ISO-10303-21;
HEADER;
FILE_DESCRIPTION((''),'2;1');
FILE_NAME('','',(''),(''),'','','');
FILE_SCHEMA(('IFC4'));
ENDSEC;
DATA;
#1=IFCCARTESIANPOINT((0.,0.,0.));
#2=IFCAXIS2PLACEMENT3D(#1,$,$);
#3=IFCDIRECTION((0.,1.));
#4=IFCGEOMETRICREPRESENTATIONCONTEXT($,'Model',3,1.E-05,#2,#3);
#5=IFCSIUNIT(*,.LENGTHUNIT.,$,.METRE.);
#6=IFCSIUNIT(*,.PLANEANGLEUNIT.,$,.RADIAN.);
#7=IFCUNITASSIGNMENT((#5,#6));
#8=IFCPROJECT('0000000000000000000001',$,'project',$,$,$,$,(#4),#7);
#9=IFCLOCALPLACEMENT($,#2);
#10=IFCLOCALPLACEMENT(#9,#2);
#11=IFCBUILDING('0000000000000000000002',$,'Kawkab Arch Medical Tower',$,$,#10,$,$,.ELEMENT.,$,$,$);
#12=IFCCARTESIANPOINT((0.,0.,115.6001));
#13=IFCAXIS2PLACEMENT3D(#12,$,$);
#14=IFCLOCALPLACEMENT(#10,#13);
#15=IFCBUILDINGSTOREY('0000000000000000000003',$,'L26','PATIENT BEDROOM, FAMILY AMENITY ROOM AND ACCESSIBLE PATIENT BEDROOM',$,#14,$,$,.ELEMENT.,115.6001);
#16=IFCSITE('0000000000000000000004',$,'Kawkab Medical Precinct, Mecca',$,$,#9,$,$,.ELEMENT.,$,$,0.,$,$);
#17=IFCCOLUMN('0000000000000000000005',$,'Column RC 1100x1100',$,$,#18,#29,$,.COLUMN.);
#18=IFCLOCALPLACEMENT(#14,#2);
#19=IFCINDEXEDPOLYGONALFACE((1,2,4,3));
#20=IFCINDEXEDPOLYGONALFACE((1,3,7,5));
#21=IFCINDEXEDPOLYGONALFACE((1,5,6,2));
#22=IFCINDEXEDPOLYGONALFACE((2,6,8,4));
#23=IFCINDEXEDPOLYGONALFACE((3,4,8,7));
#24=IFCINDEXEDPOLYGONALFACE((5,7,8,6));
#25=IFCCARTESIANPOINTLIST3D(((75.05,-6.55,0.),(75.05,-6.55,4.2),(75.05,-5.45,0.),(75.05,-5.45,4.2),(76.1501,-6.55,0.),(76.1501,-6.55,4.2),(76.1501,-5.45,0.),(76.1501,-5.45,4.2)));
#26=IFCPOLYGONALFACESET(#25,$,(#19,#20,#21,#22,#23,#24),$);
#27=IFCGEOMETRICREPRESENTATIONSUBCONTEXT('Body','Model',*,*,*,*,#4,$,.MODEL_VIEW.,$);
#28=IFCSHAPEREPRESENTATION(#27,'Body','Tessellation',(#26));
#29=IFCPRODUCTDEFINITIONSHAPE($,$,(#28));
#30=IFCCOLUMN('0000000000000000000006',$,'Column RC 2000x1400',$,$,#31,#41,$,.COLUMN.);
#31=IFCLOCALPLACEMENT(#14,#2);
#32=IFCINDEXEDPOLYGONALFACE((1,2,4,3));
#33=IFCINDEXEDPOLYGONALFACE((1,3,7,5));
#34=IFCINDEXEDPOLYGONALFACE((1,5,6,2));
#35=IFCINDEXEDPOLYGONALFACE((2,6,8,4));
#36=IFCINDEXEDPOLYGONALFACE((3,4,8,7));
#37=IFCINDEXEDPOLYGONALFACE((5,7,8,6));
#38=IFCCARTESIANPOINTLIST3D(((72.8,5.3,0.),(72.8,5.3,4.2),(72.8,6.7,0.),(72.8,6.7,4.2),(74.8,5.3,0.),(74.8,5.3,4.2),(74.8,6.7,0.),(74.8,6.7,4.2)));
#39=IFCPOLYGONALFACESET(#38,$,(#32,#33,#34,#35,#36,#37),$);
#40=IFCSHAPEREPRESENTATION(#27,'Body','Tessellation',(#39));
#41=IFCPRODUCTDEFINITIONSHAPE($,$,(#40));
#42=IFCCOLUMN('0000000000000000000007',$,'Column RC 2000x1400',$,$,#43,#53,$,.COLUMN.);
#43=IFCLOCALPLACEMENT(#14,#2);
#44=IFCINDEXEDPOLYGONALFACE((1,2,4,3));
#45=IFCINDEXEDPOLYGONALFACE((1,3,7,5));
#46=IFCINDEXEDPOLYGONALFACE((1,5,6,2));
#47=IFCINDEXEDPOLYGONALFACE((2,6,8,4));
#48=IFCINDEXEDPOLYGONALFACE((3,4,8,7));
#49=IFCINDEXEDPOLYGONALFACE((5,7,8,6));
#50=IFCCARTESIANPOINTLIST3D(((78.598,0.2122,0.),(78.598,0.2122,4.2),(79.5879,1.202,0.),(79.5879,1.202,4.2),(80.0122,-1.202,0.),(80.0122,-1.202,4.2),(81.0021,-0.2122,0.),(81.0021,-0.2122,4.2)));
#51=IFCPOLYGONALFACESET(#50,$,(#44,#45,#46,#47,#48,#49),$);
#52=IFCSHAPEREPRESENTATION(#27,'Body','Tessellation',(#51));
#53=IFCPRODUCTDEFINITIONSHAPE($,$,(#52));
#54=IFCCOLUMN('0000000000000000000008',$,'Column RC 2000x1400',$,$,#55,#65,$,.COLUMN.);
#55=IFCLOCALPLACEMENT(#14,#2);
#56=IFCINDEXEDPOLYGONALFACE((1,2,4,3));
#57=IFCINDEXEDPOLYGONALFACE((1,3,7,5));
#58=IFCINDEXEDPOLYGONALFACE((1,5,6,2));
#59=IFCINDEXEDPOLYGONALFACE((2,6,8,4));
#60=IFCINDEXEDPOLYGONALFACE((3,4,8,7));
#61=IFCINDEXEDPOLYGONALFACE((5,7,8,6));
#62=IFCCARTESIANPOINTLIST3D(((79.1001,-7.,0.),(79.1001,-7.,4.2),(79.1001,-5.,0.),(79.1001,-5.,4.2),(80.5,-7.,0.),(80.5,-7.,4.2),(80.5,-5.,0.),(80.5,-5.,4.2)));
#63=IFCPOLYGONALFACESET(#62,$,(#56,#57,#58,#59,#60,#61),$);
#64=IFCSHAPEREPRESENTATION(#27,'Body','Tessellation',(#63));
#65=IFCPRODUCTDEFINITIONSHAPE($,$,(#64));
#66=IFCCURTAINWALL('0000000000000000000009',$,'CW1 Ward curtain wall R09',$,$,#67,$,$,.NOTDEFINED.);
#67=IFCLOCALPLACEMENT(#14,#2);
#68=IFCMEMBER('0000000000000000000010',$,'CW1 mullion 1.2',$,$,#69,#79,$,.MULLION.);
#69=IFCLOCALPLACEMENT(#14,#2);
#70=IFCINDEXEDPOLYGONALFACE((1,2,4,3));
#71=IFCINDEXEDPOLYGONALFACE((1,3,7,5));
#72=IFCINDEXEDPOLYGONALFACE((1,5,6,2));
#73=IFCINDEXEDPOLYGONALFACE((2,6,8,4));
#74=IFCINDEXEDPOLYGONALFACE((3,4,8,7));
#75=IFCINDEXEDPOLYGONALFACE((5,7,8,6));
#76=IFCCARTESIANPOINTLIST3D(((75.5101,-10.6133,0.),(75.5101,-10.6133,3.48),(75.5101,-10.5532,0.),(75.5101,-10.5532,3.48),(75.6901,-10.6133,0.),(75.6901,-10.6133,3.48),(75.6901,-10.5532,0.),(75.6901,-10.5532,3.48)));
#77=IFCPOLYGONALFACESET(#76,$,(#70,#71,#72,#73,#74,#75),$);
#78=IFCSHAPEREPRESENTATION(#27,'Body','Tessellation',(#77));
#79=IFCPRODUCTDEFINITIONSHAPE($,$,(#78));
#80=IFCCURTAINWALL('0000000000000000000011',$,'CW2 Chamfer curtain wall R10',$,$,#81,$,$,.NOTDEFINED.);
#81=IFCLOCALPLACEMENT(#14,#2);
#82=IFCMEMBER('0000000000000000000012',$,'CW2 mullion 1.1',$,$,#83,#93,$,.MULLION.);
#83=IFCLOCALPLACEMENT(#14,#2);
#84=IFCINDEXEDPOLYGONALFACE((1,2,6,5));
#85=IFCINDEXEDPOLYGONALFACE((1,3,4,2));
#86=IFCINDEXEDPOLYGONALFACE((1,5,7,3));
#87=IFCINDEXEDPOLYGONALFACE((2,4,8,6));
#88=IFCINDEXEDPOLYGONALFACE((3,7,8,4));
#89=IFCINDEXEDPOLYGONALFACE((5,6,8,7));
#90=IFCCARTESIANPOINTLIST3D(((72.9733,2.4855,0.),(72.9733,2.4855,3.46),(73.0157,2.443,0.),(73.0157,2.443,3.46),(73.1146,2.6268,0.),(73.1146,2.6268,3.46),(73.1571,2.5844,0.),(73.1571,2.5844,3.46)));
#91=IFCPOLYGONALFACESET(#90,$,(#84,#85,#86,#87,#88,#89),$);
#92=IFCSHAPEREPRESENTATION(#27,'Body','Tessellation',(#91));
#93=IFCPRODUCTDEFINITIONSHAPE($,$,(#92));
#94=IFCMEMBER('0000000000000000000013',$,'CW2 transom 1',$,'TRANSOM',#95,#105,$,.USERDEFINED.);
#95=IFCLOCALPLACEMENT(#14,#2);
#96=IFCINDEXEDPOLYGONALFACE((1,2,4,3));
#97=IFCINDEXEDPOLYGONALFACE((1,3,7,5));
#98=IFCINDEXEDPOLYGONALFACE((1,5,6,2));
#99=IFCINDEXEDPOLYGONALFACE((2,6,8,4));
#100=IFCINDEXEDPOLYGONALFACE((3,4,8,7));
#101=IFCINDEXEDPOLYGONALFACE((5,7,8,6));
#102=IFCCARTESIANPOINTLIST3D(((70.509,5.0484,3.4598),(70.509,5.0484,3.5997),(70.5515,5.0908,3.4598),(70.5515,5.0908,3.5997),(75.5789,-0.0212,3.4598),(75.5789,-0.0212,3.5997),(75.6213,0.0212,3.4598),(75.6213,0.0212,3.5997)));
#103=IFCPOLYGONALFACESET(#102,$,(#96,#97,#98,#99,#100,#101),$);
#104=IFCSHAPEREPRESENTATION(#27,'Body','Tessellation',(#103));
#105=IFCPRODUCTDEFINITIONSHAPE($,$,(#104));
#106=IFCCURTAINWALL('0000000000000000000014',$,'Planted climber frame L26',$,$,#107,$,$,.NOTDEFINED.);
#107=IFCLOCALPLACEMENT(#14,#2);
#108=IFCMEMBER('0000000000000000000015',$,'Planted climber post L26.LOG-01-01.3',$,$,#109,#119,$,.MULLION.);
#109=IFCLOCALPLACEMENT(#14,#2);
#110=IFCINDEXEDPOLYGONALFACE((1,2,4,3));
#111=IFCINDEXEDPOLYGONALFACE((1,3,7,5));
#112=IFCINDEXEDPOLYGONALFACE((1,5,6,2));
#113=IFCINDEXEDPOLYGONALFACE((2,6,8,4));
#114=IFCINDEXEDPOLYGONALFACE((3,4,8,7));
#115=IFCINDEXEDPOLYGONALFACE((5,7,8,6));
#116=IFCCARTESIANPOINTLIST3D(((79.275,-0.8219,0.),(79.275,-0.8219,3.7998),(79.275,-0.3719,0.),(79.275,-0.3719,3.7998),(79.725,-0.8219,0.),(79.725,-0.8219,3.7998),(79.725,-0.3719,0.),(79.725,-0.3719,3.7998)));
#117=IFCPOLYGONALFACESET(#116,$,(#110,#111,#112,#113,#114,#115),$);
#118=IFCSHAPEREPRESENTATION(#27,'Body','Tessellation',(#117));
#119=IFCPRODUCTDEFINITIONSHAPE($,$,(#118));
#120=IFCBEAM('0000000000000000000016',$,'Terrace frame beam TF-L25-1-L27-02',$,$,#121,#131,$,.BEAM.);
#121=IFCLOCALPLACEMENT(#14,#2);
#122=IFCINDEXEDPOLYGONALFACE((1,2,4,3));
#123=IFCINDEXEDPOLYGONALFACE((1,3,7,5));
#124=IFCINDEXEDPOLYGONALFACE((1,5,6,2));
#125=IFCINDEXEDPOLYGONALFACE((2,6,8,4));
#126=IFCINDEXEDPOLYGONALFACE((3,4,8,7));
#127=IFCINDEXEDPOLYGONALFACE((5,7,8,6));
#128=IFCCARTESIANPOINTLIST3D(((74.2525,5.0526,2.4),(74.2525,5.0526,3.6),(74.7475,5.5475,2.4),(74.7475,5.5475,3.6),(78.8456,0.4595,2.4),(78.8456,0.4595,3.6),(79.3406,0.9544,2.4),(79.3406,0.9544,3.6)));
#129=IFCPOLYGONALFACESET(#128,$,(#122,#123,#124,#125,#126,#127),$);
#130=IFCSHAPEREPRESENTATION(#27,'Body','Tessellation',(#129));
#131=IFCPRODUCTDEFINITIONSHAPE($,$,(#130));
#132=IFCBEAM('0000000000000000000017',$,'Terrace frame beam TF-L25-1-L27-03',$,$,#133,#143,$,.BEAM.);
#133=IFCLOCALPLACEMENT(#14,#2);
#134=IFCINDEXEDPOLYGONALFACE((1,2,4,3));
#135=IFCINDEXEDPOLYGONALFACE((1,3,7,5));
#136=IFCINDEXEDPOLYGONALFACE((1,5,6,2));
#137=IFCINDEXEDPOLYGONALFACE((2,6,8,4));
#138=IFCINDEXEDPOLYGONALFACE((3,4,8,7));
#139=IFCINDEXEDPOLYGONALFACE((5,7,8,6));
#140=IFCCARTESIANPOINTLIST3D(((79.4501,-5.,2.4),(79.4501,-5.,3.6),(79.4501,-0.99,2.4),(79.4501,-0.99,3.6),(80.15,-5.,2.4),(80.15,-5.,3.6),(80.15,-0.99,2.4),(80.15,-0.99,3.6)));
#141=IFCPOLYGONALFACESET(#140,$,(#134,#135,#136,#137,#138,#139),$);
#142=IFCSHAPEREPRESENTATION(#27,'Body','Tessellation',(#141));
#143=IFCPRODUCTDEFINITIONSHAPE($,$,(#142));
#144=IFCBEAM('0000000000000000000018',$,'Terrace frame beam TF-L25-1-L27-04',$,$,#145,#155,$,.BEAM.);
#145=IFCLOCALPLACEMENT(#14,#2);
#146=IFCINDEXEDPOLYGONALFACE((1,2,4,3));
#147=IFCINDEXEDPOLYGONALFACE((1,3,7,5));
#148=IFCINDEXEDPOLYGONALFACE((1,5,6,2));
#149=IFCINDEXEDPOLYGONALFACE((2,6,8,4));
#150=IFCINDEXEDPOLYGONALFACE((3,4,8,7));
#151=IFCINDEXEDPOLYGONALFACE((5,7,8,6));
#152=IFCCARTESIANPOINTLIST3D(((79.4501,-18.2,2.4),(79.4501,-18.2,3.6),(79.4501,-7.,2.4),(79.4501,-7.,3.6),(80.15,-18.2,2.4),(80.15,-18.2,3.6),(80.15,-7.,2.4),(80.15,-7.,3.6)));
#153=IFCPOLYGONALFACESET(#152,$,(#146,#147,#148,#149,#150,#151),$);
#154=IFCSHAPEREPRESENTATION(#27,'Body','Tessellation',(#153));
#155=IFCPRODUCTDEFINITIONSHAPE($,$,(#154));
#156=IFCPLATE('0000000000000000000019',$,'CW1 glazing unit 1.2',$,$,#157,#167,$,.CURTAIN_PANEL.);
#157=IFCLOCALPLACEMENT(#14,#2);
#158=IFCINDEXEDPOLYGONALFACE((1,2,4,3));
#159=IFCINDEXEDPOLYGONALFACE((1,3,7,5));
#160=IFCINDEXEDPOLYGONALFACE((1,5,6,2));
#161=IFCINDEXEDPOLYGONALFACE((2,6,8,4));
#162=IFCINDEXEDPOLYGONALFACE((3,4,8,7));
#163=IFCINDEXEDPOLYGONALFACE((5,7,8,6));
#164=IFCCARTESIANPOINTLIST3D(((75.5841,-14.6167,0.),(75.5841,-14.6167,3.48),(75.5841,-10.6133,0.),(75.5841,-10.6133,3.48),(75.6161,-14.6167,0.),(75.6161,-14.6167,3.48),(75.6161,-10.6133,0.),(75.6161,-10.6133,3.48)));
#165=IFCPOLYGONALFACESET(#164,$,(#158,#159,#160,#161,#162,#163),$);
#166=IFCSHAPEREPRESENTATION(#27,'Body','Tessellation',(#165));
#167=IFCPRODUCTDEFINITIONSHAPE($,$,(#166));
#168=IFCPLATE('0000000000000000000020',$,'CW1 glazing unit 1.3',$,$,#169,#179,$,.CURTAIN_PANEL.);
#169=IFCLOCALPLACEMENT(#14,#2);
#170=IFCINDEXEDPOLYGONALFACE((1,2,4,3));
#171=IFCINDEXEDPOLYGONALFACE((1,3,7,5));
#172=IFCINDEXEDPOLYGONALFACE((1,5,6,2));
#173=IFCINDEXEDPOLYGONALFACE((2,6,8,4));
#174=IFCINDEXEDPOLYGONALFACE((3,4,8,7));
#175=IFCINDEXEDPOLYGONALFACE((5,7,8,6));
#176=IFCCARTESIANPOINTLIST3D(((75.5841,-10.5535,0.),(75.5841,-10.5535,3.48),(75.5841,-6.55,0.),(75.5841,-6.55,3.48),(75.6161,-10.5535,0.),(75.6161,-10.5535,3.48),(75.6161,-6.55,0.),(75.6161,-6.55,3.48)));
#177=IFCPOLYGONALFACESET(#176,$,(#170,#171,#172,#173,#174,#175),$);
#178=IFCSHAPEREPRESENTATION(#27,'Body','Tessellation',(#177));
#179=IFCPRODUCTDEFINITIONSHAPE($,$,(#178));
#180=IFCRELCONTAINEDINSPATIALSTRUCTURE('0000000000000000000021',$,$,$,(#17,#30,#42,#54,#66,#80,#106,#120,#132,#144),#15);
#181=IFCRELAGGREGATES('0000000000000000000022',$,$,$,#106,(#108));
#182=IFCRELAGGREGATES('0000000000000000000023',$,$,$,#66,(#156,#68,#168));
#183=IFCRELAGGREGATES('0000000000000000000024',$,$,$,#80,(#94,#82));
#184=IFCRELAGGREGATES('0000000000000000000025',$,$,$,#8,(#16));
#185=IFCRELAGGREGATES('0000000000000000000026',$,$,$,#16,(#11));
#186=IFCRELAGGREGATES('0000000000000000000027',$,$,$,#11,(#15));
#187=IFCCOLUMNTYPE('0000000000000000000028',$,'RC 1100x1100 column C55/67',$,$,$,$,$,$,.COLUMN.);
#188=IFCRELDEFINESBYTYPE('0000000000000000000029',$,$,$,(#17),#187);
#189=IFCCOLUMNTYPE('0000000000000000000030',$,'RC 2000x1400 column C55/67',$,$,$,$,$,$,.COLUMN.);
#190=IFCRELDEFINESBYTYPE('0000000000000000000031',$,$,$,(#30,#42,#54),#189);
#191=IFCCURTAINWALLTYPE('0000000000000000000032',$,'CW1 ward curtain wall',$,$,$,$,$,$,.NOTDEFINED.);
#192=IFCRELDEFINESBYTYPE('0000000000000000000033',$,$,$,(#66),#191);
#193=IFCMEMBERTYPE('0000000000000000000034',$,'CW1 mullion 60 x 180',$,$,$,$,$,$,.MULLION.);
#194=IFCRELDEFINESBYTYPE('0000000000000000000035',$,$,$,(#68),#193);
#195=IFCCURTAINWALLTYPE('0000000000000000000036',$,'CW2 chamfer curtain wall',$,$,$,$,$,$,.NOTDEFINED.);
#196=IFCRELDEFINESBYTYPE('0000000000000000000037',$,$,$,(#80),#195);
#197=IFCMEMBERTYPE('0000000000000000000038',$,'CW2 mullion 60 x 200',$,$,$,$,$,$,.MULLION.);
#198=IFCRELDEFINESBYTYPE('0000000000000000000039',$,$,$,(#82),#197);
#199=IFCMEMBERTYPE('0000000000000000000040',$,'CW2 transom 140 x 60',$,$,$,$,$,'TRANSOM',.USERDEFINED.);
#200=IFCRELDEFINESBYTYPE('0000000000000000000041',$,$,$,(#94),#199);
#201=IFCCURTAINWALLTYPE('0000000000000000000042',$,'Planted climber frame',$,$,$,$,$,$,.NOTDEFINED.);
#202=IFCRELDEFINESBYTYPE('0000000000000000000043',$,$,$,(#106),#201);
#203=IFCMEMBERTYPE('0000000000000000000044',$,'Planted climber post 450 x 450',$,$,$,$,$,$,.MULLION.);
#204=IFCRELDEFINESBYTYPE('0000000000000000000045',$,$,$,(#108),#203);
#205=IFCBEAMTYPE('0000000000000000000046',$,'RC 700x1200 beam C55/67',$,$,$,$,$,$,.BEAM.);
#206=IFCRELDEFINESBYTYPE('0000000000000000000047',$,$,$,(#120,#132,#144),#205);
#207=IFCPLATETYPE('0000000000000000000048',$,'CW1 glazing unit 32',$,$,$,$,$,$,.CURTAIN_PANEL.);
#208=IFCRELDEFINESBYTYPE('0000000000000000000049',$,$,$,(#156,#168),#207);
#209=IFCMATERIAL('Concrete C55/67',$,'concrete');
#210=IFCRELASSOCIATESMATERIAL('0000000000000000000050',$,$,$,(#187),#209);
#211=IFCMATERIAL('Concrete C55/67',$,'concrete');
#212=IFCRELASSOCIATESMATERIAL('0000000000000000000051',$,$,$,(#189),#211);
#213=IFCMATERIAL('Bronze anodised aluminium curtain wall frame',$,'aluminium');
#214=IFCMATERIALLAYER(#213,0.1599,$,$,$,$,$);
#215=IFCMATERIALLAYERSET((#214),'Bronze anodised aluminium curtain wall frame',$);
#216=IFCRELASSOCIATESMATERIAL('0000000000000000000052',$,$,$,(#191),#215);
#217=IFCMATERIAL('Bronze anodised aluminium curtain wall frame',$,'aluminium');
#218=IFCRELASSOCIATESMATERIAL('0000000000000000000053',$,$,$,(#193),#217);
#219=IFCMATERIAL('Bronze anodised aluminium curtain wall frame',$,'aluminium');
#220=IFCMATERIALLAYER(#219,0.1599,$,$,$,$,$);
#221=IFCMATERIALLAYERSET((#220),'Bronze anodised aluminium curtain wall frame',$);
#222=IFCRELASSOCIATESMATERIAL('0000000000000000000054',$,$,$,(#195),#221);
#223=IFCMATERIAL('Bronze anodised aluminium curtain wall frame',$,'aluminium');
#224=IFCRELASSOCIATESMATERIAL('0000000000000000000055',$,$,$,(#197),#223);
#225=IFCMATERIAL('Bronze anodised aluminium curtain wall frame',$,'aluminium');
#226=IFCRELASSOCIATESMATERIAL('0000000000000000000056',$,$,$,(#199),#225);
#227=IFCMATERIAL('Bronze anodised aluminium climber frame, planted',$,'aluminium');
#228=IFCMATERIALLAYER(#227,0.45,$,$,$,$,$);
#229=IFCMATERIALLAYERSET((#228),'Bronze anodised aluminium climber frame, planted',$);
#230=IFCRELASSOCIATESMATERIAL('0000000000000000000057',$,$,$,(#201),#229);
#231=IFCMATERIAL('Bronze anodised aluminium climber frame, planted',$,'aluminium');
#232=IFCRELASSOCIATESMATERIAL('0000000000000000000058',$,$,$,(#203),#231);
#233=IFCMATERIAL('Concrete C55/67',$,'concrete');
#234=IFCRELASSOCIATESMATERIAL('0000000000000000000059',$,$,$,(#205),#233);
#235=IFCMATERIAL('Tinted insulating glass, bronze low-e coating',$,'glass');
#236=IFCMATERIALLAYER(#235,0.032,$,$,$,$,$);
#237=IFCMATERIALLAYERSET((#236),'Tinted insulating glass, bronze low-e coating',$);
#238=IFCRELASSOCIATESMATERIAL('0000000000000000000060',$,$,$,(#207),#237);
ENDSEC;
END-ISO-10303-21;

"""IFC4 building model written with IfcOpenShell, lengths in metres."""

from ifc_helpers import new_model, si_unit, direction, frame, origin, origin_2d, place, context, subcontext, project, spatial, rectangle, extrude, material, layer, layer_set, material_profile, profile_set, type_object, element, aggregate, save


model = new_model("IFC4")

# Units and contexts
model_context = context("Model", 3, precision=1e-05, world=origin(), true_north=direction((0.0, 1.0)))
body_context = subcontext(model_context, "Body", "Model", "MODEL_VIEW")
ifc_project = project(units=[si_unit("LENGTHUNIT", "METRE"), si_unit("PLANEANGLEUNIT", "RADIAN")], contexts=[model_context])

# Site, building, storey
site_placement = place(None, origin())
site = spatial("IfcSite", under=ifc_project, at=site_placement, Name="Kawkab Medical Precinct, Mecca", CompositionType="ELEMENT", RefElevation=0.0)
building_placement = place(site_placement, origin())
building = spatial("IfcBuilding", under=site, at=building_placement, Name="Kawkab Arch Medical Tower", CompositionType="ELEMENT")
storey_placement = place(building_placement, frame((0.0, 0.0, 115.6001)))
storey = spatial("IfcBuildingStorey", under=building, at=storey_placement, Name="L26", Description="PATIENT BEDROOM, FAMILY AMENITY ROOM AND ACCESSIBLE PATIENT BEDROOM", CompositionType="ELEMENT", Elevation=115.6001)

# Columns
ifc_material_1 = material(Name="Concrete C55/67", Category="concrete")
ifc_material_profile_1 = material_profile(ifc_material_1, rectangle(XDim=1.1001, YDim=1.1001, at=origin_2d()), Name="RC 1100x1100")
ifc_profile_set_1 = profile_set([ifc_material_profile_1], Name="Concrete C55/67")
column_type_1 = type_object("IfcColumnType", Name="RC 1100x1100 column C55/67", PredefinedType="COLUMN", material=ifc_profile_set_1)
column_placement = place(storey_placement, frame((75.6001, -6.0, 0.0), z_axis=(0.0, 0.0, 1.0), x_axis=(1.0, 0.0, 0.0)))
element("IfcColumn", 1, at=column_placement, inside=storey, type_object=column_type_1, Name="Column RC 1100x1100", PredefinedType="COLUMN", context=body_context, shape_type="SweptSolid", body=[
    extrude(rectangle(XDim=1.1001, YDim=1.1001, at=origin_2d()), origin(), (0.0, 0.0, 1.0), 4.2),
])
ifc_material_2 = material(Name="Concrete C55/67", Category="concrete")
ifc_material_profile_2 = material_profile(ifc_material_2, rectangle(XDim=2.0, YDim=1.3999, at=origin_2d()), Name="RC 2000x1400")
ifc_profile_set_2 = profile_set([ifc_material_profile_2], Name="Concrete C55/67")
column_type_2 = type_object("IfcColumnType", Name="RC 2000x1400 column C55/67", PredefinedType="COLUMN", material=ifc_profile_set_2)
for number, where, z_axis, x_axis, name in (
    (2, (73.8, 6.0, 0.0), (0.0, 0.0, 1.0), (1.0, 0.0, 0.0), "Column RC 2000x1400"),
    (3, (79.8, 0.0, 0.0), (0.0, 0.0, 1.0), (0.707107, -0.707107, 0.0), "Column RC 2000x1400"),
    (4, (79.8, -6.0, 0.0), (0.0, 0.0, 1.0), (0.0, -1.0, 0.0), "Column RC 2000x1400"),
):
    element("IfcColumn", number, at=place(storey_placement, frame(where, z_axis=z_axis, x_axis=x_axis)), inside=storey, type_object=column_type_2, Name=name, PredefinedType="COLUMN", context=body_context, shape_type="SweptSolid", body=[
        extrude(rectangle(XDim=2.0, YDim=1.3999, at=origin_2d()), origin(), (0.0, 0.0, 1.0), 4.2),
    ])

# Curtain wall, member
ifc_material_3 = material(Name="Bronze anodised aluminium curtain wall frame", Category="aluminium")
ifc_layer_1 = layer(ifc_material_3, 0.1599)
ifc_layer_set_1 = layer_set([ifc_layer_1], Name="Bronze anodised aluminium curtain wall frame")
curtain_wall_type_1 = type_object("IfcCurtainWallType", Name="CW1 ward curtain wall", PredefinedType="NOTDEFINED", material=ifc_layer_set_1)
placement = place(storey_placement, origin())
curtain_wall_1 = element("IfcCurtainWall", 5, at=placement, inside=storey, type_object=curtain_wall_type_1, Name="CW1 Ward curtain wall R09", PredefinedType="NOTDEFINED")
ifc_material_4 = material(Name="Bronze anodised aluminium curtain wall frame", Category="aluminium")
ifc_material_profile_3 = material_profile(ifc_material_4, rectangle(XDim=0.1799, YDim=0.0601, at=origin_2d()), Name="AL 60x180")
ifc_profile_set_3 = profile_set([ifc_material_profile_3], Name="Bronze anodised aluminium curtain wall frame")
member_type_1 = type_object("IfcMemberType", Name="CW1 mullion 60 x 180", PredefinedType="MULLION", material=ifc_profile_set_3)
member_1_placement = place(storey_placement, frame((75.6001, -10.5833, 0.0), z_axis=(0.0, 0.0, 1.0), x_axis=(-1.0, 0.0, 0.0)))
member_1 = element("IfcMember", 6, at=member_1_placement, type_object=member_type_1, Name="CW1 mullion 1.2", PredefinedType="MULLION", context=body_context, shape_type="SweptSolid", body=[
    extrude(rectangle(XDim=0.1799, YDim=0.0601, at=origin_2d()), origin(), (0.0, 0.0, 1.0), 3.48),
])

# Curtain wall, members
ifc_material_5 = material(Name="Bronze anodised aluminium curtain wall frame", Category="aluminium")
ifc_layer_2 = layer(ifc_material_5, 0.1599)
ifc_layer_set_2 = layer_set([ifc_layer_2], Name="Bronze anodised aluminium curtain wall frame")
curtain_wall_type_2 = type_object("IfcCurtainWallType", Name="CW2 chamfer curtain wall", PredefinedType="NOTDEFINED", material=ifc_layer_set_2)
curtain_wall_2 = element("IfcCurtainWall", 7, at=placement, inside=storey, type_object=curtain_wall_type_2, Name="CW2 Chamfer curtain wall R10", PredefinedType="NOTDEFINED")
ifc_material_6 = material(Name="Bronze anodised aluminium curtain wall frame", Category="aluminium")
ifc_material_profile_4 = material_profile(ifc_material_6, rectangle(XDim=0.2, YDim=0.0601, at=origin_2d()), Name="AL 60x200")
ifc_profile_set_4 = profile_set([ifc_material_profile_4], Name="Bronze anodised aluminium curtain wall frame")
member_type_2 = type_object("IfcMemberType", Name="CW2 mullion 60 x 200", PredefinedType="MULLION", material=ifc_profile_set_4)
member_2_placement = place(storey_placement, frame((73.0652, 2.5349, 0.0), z_axis=(0.0, 0.0, 1.0), x_axis=(-0.707107, -0.707107, 0.0)))
member_2 = element("IfcMember", 8, at=member_2_placement, type_object=member_type_2, Name="CW2 mullion 1.1", PredefinedType="MULLION", context=body_context, shape_type="SweptSolid", body=[
    extrude(rectangle(XDim=0.2, YDim=0.0601, at=origin_2d()), origin(), (0.0, 0.0, 1.0), 3.46),
])
ifc_material_7 = material(Name="Bronze anodised aluminium curtain wall frame", Category="aluminium")
ifc_material_profile_5 = material_profile(ifc_material_7, rectangle(XDim=0.0601, YDim=0.1399, at=origin_2d()), Name="AL 60x140")
ifc_profile_set_5 = profile_set([ifc_material_profile_5], Name="Bronze anodised aluminium curtain wall frame")
member_type_3 = type_object("IfcMemberType", Name="CW2 transom 140 x 60", ElementType="TRANSOM", PredefinedType="USERDEFINED", material=ifc_profile_set_5)
member_3_placement = place(storey_placement, frame((75.6001, 0.0, 3.5298), z_axis=(-0.707124, 0.70709, 0.0), x_axis=(-0.70709, -0.707124, 0.0)))
member_3 = element("IfcMember", 9, at=member_3_placement, type_object=member_type_3, Name="CW2 transom 1", ObjectType="TRANSOM", PredefinedType="USERDEFINED", context=body_context, shape_type="SweptSolid", body=[
    extrude(rectangle(XDim=0.0601, YDim=0.1399, at=origin_2d()), origin(), (0.0, 0.0, 1.0), 7.1697),
])

# Curtain wall, member
ifc_material_8 = material(Name="Bronze anodised aluminium climber frame, planted", Category="aluminium")
ifc_layer_3 = layer(ifc_material_8, 0.45)
ifc_layer_set_3 = layer_set([ifc_layer_3], Name="Bronze anodised aluminium climber frame, planted")
curtain_wall_type_3 = type_object("IfcCurtainWallType", Name="Planted climber frame", PredefinedType="NOTDEFINED", material=ifc_layer_set_3)
curtain_wall_3 = element("IfcCurtainWall", 10, at=placement, inside=storey, type_object=curtain_wall_type_3, Name="Planted climber frame L26", PredefinedType="NOTDEFINED")
ifc_material_9 = material(Name="Bronze anodised aluminium climber frame, planted", Category="aluminium")
ifc_material_profile_6 = material_profile(ifc_material_9, rectangle(XDim=0.45, YDim=0.45, at=origin_2d()), Name="Post 450x450")
ifc_profile_set_6 = profile_set([ifc_material_profile_6], Name="Bronze anodised aluminium climber frame, planted")
member_type_4 = type_object("IfcMemberType", Name="Planted climber post 450 x 450", PredefinedType="MULLION", material=ifc_profile_set_6)
member_4_placement = place(storey_placement, frame((79.5, -0.5969, 0.0), z_axis=(0.0, 0.0, 1.0), x_axis=(1.0, 0.0, 0.0)))
member_4 = element("IfcMember", 11, at=member_4_placement, type_object=member_type_4, Name="Planted climber post L26.LOG-01-01.3", PredefinedType="MULLION", context=body_context, shape_type="SweptSolid", body=[
    extrude(rectangle(XDim=0.45, YDim=0.45, at=origin_2d()), origin(), (0.0, 0.0, 1.0), 3.7998),
])
aggregate(curtain_wall_3, [member_4])

# Beams
ifc_material_10 = material(Name="Concrete C55/67", Category="concrete")
ifc_material_profile_7 = material_profile(ifc_material_10, rectangle(XDim=0.7, YDim=1.2, at=origin_2d()), Name="RC 700x1200")
ifc_profile_set_7 = profile_set([ifc_material_profile_7], Name="Concrete C55/67")
beam_type = type_object("IfcBeamType", Name="RC 700x1200 beam C55/67", PredefinedType="BEAM", material=ifc_profile_set_7)
beam_1_placement = place(storey_placement, frame((74.5, 5.3, 3.0), z_axis=(0.707107, -0.707107, 0.0), x_axis=(0.707107, 0.707107, 0.0)))
element("IfcBeam", 12, at=beam_1_placement, inside=storey, type_object=beam_type, Name="Terrace frame beam TF-L25-1-L27-02", PredefinedType="BEAM", context=body_context, shape_type="SweptSolid", body=[
    extrude(rectangle(XDim=0.7, YDim=1.2, at=origin_2d()), origin(), (0.0, 0.0, 1.0), 6.4956),
])
beam_2_placement = place(storey_placement, frame((79.8, -0.99, 3.0), z_axis=(0.0, -1.0, 0.0), x_axis=(1.0, 0.0, 0.0)))
element("IfcBeam", 13, at=beam_2_placement, inside=storey, type_object=beam_type, Name="Terrace frame beam TF-L25-1-L27-03", PredefinedType="BEAM", context=body_context, shape_type="SweptSolid", body=[
    extrude(rectangle(XDim=0.7, YDim=1.2, at=origin_2d()), origin(), (0.0, 0.0, 1.0), 4.01),
])
beam_3_placement = place(storey_placement, frame((79.8, -7.0, 3.0), z_axis=(0.0, -1.0, 0.0), x_axis=(1.0, 0.0, 0.0)))
element("IfcBeam", 14, at=beam_3_placement, inside=storey, type_object=beam_type, Name="Terrace frame beam TF-L25-1-L27-04", PredefinedType="BEAM", context=body_context, shape_type="SweptSolid", body=[
    extrude(rectangle(XDim=0.7, YDim=1.2, at=origin_2d()), origin(), (0.0, 0.0, 1.0), 11.2),
])

# Plates
ifc_material_11 = material(Name="Tinted insulating glass, bronze low-e coating", Category="glass")
ifc_layer_4 = layer(ifc_material_11, 0.032)
ifc_layer_set_4 = layer_set([ifc_layer_4], Name="Tinted insulating glass, bronze low-e coating")
plate_type_1 = type_object("IfcPlateType", Name="CW1 glazing unit 32", PredefinedType="CURTAIN_PANEL", material=ifc_layer_set_4)
plate_1_placement = place(storey_placement, frame((75.6001, -12.615, 0.0), z_axis=(0.0, 0.0, 1.0), x_axis=(0.0, 1.0, 0.0)))
plate_1 = element("IfcPlate", 15, at=plate_1_placement, type_object=plate_type_1, Name="CW1 glazing unit 1.2", PredefinedType="CURTAIN_PANEL", context=body_context, shape_type="SweptSolid", body=[
    extrude(rectangle(XDim=4.0034, YDim=0.032, at=origin_2d()), origin(), (0.0, 0.0, 1.0), 3.48),
])
plate_2_placement = place(storey_placement, frame((75.6001, -8.5518, 0.0), z_axis=(0.0, 0.0, 1.0), x_axis=(0.0, 1.0, 0.0)))
plate_2 = element("IfcPlate", 16, at=plate_2_placement, type_object=plate_type_1, Name="CW1 glazing unit 1.3", PredefinedType="CURTAIN_PANEL", context=body_context, shape_type="SweptSolid", body=[
    extrude(rectangle(XDim=4.0034, YDim=0.032, at=origin_2d()), origin(), (0.0, 0.0, 1.0), 3.48),
])
aggregate(curtain_wall_1, [plate_1, member_1, plate_2])
aggregate(curtain_wall_2, [member_3, member_2])

save(model, "model.ifc")
